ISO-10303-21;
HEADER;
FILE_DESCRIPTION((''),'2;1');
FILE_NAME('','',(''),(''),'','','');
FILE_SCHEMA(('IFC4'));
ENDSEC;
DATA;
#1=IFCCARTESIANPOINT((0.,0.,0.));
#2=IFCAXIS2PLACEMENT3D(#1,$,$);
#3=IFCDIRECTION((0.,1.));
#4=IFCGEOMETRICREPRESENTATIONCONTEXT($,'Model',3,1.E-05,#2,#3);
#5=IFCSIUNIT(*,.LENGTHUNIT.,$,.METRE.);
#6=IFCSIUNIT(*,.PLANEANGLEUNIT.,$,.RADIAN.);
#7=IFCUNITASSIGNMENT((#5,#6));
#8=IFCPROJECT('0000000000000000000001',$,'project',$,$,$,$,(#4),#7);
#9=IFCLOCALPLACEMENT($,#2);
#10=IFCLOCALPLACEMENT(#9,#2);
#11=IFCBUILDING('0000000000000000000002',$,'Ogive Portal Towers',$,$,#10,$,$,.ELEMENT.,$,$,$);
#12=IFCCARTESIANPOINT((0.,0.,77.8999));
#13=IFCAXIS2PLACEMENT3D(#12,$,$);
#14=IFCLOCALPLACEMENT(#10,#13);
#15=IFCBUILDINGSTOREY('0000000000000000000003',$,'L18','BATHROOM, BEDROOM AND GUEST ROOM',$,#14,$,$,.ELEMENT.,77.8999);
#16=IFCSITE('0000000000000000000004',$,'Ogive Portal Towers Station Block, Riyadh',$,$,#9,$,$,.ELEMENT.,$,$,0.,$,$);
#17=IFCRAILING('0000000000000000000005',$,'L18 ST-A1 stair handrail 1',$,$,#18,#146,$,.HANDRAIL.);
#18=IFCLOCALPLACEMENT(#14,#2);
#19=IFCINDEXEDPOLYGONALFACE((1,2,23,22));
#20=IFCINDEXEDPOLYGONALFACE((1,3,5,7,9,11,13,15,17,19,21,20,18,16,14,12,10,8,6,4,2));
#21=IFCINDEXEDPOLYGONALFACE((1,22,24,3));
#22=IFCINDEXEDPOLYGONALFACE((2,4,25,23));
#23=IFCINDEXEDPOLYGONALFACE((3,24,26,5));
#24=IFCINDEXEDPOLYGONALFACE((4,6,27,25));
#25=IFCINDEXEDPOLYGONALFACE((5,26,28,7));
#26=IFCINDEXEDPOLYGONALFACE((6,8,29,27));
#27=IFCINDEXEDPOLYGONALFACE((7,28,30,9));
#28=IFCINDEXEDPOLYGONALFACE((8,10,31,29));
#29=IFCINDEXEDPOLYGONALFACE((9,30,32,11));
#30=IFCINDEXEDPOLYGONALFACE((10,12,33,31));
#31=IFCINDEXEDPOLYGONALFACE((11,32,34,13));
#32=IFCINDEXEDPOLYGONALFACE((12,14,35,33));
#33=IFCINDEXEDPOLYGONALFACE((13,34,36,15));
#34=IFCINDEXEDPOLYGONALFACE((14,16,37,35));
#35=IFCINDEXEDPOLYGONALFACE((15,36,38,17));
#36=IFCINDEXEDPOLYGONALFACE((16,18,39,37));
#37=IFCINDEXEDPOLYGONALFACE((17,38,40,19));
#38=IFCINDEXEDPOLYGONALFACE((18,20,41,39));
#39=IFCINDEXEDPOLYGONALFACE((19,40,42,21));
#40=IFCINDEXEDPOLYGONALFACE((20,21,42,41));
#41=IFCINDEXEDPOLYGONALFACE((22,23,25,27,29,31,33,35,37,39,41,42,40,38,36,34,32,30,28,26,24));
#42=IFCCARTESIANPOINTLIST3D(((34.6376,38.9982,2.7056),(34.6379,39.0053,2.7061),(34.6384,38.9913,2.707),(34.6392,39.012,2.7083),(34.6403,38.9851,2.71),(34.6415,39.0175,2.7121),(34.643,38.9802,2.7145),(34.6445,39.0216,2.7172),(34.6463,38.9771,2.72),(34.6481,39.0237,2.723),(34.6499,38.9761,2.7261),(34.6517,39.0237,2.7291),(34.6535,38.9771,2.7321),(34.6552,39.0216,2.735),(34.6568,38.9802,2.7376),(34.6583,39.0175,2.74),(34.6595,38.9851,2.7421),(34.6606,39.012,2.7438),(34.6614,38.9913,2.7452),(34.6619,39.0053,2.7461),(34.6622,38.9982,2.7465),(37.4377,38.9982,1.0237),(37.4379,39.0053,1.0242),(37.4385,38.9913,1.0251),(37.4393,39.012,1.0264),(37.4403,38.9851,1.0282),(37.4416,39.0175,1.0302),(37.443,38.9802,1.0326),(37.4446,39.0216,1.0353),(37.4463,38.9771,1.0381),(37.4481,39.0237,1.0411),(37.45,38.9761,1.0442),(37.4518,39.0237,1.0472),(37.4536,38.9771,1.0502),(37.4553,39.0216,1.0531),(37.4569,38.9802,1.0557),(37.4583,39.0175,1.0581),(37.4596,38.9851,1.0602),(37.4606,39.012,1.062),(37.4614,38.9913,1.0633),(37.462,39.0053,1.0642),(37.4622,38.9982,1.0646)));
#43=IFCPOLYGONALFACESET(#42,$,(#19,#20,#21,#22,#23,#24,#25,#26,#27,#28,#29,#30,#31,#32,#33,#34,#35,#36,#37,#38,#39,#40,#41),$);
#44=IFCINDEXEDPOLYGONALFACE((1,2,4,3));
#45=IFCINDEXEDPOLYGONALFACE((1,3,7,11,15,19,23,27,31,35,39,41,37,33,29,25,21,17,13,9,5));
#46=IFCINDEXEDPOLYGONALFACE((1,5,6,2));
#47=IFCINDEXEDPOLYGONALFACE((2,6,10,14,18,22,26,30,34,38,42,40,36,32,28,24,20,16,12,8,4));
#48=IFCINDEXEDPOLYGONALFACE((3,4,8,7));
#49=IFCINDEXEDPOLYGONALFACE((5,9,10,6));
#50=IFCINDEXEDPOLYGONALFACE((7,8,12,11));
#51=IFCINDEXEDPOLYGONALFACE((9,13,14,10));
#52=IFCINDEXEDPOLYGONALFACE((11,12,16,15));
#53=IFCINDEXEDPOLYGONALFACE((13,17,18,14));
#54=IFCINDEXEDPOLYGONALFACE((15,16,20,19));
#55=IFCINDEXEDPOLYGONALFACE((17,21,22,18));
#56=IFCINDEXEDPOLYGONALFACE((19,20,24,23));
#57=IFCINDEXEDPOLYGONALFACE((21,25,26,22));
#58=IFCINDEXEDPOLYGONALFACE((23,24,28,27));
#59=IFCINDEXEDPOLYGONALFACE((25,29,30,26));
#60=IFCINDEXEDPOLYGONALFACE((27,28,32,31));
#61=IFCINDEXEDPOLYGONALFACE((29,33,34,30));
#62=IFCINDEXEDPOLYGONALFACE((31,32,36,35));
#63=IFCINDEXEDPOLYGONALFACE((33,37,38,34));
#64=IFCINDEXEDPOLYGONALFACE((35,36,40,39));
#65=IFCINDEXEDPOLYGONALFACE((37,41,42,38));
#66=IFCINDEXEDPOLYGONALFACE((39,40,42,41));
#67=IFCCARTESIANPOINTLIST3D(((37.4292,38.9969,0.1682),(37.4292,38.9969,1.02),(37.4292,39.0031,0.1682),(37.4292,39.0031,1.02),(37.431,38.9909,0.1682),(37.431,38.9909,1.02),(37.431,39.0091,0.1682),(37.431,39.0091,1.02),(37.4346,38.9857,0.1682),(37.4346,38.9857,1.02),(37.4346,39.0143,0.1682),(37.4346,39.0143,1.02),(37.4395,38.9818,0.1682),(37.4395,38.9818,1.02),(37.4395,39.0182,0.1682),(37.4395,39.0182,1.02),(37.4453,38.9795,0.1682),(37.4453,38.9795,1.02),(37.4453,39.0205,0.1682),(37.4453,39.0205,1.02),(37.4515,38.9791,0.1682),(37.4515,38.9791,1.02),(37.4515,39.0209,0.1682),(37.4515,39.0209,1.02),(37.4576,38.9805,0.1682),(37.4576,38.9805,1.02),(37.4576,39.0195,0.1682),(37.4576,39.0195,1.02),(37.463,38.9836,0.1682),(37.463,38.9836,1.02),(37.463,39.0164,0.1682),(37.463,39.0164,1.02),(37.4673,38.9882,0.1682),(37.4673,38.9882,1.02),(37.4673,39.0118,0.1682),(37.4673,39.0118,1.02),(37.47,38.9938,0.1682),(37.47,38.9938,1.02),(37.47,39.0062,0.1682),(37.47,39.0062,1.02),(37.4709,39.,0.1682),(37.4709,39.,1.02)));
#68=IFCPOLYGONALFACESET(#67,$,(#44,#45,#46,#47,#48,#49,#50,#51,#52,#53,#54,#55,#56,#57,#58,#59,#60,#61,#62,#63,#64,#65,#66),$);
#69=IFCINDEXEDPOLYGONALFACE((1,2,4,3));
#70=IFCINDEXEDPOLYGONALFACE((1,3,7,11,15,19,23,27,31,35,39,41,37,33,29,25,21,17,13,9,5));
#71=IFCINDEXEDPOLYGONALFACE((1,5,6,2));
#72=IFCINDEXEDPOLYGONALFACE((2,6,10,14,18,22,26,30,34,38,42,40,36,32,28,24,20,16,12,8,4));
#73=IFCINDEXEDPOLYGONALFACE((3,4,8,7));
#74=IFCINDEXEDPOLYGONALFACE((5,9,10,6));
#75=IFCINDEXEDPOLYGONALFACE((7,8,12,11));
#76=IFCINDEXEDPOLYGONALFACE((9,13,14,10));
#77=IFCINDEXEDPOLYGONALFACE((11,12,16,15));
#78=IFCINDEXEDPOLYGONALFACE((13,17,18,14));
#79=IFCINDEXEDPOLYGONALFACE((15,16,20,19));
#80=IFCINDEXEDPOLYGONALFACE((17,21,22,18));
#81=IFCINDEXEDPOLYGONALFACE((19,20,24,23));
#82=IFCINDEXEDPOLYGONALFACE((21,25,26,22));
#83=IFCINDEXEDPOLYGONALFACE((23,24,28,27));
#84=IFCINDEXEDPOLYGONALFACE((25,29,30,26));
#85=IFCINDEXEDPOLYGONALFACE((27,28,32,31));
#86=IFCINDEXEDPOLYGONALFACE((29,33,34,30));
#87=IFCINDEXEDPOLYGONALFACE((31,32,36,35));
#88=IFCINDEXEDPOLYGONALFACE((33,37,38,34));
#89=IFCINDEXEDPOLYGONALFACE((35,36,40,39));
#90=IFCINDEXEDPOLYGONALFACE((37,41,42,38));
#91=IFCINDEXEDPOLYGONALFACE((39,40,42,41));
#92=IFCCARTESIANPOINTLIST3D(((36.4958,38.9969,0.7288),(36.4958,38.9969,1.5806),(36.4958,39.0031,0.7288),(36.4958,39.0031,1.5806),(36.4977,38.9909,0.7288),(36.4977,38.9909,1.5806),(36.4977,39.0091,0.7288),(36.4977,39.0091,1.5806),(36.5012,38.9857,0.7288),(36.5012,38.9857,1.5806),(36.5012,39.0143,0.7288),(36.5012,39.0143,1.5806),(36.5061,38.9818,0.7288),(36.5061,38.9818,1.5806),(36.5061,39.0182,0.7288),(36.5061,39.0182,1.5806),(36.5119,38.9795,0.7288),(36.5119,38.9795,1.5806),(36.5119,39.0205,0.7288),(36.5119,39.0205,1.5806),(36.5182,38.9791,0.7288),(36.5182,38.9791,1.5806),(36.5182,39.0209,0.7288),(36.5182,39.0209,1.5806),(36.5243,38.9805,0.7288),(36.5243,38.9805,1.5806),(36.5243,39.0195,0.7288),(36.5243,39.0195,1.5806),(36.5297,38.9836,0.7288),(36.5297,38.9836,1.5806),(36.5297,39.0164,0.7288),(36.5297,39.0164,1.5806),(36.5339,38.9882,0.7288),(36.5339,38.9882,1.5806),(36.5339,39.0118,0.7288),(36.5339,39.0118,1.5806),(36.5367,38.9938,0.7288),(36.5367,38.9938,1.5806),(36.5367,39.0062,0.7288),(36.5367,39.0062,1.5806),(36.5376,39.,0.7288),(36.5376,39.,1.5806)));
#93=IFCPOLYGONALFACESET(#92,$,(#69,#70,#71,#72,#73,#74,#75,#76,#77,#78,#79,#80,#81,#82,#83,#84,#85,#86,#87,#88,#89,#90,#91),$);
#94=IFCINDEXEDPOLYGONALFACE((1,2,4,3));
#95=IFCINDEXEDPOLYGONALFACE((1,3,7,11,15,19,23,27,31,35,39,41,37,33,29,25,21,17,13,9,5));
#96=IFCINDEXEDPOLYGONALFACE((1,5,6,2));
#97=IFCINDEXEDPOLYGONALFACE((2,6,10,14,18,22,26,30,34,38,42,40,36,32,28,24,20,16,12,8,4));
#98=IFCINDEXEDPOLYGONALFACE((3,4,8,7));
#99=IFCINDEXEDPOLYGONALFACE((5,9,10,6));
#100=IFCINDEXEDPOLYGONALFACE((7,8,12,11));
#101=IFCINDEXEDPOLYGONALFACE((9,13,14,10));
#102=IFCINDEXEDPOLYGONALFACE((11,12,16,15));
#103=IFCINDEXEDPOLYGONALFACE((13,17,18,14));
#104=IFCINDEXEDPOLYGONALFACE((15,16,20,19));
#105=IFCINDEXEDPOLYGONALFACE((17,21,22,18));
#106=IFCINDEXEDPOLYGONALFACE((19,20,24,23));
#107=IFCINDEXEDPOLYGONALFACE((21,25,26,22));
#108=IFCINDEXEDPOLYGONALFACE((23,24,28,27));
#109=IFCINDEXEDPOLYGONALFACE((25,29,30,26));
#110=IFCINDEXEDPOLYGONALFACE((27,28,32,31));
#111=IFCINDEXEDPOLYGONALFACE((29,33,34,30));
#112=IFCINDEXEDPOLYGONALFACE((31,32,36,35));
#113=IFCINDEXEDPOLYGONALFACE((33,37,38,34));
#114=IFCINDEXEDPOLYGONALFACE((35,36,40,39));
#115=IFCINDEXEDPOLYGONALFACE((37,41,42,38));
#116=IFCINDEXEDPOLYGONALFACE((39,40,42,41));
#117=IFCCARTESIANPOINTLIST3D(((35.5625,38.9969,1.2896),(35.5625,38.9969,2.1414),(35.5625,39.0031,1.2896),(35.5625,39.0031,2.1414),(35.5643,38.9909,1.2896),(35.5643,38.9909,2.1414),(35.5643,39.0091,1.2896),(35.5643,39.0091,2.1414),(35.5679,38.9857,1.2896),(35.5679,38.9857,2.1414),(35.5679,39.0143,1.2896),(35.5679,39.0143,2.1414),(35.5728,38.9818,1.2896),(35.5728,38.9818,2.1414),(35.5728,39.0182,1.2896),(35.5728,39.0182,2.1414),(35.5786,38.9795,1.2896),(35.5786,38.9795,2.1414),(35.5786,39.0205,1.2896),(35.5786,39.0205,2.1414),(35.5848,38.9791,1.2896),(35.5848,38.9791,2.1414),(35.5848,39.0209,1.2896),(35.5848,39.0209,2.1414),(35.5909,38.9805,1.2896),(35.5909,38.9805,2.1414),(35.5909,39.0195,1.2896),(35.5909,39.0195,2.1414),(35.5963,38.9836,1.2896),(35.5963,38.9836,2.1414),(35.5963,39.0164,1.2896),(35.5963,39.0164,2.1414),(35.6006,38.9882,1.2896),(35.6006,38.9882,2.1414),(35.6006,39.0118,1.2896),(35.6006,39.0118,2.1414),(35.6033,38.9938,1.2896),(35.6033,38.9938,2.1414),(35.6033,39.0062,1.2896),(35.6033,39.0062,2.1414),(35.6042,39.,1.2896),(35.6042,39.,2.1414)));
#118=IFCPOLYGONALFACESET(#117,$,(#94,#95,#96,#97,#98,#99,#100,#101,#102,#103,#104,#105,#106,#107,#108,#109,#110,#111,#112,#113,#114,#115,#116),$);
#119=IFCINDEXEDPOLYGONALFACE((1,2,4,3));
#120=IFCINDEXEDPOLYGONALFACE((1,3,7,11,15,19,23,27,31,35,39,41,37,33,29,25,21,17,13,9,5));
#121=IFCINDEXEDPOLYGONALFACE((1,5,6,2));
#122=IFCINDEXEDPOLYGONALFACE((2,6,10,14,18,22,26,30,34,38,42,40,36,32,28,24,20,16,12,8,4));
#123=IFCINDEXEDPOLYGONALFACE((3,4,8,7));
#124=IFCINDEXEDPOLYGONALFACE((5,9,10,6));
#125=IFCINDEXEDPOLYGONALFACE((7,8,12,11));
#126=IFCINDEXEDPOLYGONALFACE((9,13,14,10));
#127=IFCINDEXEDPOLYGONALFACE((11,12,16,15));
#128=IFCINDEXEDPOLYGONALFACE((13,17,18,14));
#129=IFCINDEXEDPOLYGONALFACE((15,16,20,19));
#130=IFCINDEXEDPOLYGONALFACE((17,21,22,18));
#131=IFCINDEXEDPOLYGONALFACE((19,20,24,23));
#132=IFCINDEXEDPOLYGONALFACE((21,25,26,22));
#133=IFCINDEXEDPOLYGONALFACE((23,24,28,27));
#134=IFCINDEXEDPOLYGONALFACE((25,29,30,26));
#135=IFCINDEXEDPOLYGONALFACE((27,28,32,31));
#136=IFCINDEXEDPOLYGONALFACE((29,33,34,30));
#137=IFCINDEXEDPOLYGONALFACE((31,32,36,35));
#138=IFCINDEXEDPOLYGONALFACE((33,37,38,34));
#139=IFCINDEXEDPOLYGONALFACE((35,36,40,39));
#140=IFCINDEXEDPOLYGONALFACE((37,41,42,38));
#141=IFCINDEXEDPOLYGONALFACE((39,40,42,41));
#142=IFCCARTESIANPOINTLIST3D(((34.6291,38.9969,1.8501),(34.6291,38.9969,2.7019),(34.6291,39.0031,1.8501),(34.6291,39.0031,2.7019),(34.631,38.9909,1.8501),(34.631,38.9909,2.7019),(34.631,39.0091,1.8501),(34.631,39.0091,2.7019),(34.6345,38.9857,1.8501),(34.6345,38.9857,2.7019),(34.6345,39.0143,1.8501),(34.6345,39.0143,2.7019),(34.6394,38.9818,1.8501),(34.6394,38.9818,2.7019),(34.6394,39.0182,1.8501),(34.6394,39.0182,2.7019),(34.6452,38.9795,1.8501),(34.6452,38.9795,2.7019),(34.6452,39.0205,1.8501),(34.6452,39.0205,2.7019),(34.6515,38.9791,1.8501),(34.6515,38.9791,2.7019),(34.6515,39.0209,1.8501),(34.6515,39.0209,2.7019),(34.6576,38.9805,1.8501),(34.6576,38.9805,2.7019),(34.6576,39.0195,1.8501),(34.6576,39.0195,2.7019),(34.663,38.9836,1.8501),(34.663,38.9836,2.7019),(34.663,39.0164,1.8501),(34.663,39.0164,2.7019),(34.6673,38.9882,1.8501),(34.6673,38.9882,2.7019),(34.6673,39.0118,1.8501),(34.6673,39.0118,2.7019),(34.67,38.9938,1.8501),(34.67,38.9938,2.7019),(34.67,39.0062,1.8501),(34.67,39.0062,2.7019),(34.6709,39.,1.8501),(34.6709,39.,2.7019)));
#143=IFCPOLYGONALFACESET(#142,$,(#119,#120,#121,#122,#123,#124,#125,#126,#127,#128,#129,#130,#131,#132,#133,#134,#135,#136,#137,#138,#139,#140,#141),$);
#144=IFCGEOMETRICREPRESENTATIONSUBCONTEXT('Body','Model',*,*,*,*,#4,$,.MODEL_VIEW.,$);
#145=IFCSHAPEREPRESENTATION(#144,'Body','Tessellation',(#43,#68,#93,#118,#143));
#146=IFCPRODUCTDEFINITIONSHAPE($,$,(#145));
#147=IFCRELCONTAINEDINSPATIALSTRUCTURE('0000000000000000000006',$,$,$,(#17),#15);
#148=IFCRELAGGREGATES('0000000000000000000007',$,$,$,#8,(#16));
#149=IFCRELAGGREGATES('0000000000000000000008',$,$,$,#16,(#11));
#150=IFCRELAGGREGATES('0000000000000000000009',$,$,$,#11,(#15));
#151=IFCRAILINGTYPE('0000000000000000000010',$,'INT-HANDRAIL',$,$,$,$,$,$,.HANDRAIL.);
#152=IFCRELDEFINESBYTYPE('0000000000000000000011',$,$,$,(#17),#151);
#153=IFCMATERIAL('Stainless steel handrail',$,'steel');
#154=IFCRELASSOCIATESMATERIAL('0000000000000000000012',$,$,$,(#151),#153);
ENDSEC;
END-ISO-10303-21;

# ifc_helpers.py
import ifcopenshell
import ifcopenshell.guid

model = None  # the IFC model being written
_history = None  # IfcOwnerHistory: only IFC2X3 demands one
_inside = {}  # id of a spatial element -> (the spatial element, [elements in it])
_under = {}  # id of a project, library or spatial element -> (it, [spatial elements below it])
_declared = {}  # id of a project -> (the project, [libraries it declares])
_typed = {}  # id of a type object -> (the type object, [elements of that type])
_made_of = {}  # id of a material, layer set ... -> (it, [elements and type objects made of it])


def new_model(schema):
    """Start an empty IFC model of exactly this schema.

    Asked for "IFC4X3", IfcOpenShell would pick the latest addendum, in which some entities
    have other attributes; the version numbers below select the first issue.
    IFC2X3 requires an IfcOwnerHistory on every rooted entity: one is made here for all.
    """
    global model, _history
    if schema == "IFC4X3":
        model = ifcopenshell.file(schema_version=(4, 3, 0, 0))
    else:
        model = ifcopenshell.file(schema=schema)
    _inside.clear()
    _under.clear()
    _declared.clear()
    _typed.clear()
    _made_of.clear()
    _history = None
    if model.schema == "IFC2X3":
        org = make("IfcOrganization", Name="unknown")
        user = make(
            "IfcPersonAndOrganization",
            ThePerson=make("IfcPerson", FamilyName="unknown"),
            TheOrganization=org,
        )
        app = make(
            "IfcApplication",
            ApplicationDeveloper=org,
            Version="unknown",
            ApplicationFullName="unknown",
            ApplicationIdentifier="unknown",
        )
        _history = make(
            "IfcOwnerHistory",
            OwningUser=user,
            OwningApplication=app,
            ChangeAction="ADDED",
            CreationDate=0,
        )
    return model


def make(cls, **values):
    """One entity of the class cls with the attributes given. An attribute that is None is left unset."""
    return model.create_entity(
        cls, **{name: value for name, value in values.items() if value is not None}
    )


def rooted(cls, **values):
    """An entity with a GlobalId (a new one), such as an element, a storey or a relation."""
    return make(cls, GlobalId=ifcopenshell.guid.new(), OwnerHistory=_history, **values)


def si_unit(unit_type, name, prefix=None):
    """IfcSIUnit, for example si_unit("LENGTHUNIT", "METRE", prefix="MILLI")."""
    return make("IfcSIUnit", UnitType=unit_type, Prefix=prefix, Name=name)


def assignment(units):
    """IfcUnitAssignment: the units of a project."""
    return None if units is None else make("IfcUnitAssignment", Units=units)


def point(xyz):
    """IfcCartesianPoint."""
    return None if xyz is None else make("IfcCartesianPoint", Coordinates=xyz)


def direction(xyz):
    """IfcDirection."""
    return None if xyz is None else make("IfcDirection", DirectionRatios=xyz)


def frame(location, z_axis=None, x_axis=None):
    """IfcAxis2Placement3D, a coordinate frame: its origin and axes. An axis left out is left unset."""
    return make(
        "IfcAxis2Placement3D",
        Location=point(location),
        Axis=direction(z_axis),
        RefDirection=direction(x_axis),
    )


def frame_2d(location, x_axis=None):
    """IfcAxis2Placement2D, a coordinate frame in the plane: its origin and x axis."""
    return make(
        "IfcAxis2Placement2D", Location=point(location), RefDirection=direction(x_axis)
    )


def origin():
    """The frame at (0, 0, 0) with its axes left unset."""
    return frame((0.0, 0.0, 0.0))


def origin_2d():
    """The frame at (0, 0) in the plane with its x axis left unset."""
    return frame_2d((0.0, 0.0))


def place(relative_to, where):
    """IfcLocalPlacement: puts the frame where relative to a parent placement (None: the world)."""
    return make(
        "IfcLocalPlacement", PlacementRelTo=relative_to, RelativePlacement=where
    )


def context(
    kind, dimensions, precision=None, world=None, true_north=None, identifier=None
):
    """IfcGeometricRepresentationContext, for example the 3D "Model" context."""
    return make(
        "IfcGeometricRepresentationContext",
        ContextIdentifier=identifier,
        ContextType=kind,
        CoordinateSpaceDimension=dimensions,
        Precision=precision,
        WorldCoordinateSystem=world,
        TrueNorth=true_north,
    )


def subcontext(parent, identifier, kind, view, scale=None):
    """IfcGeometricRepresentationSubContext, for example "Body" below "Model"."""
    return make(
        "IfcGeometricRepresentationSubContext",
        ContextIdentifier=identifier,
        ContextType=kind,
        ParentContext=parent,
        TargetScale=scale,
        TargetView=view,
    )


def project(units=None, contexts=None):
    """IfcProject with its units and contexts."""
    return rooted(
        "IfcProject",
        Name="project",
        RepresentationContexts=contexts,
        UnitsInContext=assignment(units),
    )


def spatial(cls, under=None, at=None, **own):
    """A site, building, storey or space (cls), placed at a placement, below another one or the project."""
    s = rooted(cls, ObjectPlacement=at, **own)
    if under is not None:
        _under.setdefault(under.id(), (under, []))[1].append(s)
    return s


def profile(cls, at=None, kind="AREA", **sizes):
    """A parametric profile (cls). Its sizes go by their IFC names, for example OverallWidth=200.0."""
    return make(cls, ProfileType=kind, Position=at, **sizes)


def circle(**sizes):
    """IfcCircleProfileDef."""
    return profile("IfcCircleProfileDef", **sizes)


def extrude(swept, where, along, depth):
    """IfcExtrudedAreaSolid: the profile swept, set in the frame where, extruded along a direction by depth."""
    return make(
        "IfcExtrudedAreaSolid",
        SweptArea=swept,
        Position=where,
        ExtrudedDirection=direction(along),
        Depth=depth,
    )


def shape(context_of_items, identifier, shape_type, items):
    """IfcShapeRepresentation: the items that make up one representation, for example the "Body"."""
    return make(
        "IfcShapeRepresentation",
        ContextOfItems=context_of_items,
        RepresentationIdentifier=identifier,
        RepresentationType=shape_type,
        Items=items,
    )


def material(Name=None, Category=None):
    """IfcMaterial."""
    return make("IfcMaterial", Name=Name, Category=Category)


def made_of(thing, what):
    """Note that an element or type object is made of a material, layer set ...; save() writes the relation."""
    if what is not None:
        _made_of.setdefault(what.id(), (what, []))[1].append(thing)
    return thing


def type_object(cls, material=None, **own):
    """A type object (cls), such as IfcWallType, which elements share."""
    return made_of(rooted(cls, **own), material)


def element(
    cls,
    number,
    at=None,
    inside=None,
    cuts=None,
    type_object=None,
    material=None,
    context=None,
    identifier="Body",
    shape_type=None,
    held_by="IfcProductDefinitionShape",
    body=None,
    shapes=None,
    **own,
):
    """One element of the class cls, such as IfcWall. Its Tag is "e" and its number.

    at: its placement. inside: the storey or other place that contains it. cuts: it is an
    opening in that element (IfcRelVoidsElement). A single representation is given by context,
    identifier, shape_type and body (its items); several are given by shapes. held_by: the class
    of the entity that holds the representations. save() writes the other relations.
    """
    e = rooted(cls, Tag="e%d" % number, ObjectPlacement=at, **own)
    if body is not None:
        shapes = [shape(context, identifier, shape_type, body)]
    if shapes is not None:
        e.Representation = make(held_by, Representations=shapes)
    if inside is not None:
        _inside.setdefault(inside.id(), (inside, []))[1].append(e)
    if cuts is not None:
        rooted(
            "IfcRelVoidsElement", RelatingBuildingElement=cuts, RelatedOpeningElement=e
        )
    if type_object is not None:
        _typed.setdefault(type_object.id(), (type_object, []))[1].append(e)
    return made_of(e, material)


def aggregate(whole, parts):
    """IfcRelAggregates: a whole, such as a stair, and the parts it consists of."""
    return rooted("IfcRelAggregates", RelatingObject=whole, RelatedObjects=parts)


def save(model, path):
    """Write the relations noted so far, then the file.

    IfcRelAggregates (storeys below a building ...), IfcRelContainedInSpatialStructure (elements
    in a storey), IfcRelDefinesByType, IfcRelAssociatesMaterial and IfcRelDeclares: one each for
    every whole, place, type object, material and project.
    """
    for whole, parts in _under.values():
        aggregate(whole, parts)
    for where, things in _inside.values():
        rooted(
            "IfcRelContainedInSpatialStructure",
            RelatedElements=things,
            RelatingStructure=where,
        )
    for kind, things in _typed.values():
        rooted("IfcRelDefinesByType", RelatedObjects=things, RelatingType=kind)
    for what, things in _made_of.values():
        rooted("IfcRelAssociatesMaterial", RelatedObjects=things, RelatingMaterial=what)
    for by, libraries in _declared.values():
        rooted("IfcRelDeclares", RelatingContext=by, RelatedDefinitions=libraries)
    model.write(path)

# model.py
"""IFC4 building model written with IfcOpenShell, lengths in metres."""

from ifc_helpers import new_model, si_unit, direction, frame, origin, origin_2d, place, context, subcontext, project, spatial, circle, extrude, material, type_object, element, save


model = new_model("IFC4")

# Units and contexts
model_context = context("Model", 3, precision=1e-05, world=origin(), true_north=direction((0.0, 1.0)))
body_context = subcontext(model_context, "Body", "Model", "MODEL_VIEW")
ifc_project = project(units=[si_unit("LENGTHUNIT", "METRE"), si_unit("PLANEANGLEUNIT", "RADIAN")], contexts=[model_context])

# Site, building, storey
site_placement = place(None, origin())
site = spatial("IfcSite", under=ifc_project, at=site_placement, Name="Ogive Portal Towers Station Block, Riyadh", CompositionType="ELEMENT", RefElevation=0.0)
building_placement = place(site_placement, origin())
building = spatial("IfcBuilding", under=site, at=building_placement, Name="Ogive Portal Towers", CompositionType="ELEMENT")
storey_placement = place(building_placement, frame((0.0, 0.0, 77.8999)))
storey = spatial("IfcBuildingStorey", under=building, at=storey_placement, Name="L18", Description="BATHROOM, BEDROOM AND GUEST ROOM", CompositionType="ELEMENT", Elevation=77.8999)

# Railing
ifc_material_1 = material(Name="Stainless steel handrail", Category="steel")
railing_type_1 = type_object("IfcRailingType", Name="INT-HANDRAIL", PredefinedType="HANDRAIL", material=ifc_material_1)
railing_1_placement = place(storey_placement, frame((37.45, 39.0, 0.1682)))
element("IfcRailing", 1, at=railing_1_placement, inside=storey, type_object=railing_type_1, Name="L18 ST-A1 stair handrail 1", PredefinedType="HANDRAIL", context=body_context, shape_type="SweptSolid", body=[
    extrude(circle(Radius=0.0239, at=origin_2d()), frame((0.0, 0.0, 0.876), z_axis=(-0.857242, 0.0, 0.514913), x_axis=(0.0, -1.0, 0.0)), (0.0, 0.0, 1.0), 3.2664),
    extrude(circle(Radius=0.021, at=origin_2d()), origin(), (0.0, 0.0, 1.0), 0.8518),
    extrude(circle(Radius=0.021, at=origin_2d()), frame((-0.9333, 0.0, 0.5605)), (0.0, 0.0, 1.0), 0.8518),
    extrude(circle(Radius=0.021, at=origin_2d()), frame((-1.8667, 0.0, 1.1213)), (0.0, 0.0, 1.0), 0.8518),
    extrude(circle(Radius=0.021, at=origin_2d()), frame((-2.8, 0.0, 1.6819)), (0.0, 0.0, 1.0), 0.8518),
])

save(model, "model.ifc")
